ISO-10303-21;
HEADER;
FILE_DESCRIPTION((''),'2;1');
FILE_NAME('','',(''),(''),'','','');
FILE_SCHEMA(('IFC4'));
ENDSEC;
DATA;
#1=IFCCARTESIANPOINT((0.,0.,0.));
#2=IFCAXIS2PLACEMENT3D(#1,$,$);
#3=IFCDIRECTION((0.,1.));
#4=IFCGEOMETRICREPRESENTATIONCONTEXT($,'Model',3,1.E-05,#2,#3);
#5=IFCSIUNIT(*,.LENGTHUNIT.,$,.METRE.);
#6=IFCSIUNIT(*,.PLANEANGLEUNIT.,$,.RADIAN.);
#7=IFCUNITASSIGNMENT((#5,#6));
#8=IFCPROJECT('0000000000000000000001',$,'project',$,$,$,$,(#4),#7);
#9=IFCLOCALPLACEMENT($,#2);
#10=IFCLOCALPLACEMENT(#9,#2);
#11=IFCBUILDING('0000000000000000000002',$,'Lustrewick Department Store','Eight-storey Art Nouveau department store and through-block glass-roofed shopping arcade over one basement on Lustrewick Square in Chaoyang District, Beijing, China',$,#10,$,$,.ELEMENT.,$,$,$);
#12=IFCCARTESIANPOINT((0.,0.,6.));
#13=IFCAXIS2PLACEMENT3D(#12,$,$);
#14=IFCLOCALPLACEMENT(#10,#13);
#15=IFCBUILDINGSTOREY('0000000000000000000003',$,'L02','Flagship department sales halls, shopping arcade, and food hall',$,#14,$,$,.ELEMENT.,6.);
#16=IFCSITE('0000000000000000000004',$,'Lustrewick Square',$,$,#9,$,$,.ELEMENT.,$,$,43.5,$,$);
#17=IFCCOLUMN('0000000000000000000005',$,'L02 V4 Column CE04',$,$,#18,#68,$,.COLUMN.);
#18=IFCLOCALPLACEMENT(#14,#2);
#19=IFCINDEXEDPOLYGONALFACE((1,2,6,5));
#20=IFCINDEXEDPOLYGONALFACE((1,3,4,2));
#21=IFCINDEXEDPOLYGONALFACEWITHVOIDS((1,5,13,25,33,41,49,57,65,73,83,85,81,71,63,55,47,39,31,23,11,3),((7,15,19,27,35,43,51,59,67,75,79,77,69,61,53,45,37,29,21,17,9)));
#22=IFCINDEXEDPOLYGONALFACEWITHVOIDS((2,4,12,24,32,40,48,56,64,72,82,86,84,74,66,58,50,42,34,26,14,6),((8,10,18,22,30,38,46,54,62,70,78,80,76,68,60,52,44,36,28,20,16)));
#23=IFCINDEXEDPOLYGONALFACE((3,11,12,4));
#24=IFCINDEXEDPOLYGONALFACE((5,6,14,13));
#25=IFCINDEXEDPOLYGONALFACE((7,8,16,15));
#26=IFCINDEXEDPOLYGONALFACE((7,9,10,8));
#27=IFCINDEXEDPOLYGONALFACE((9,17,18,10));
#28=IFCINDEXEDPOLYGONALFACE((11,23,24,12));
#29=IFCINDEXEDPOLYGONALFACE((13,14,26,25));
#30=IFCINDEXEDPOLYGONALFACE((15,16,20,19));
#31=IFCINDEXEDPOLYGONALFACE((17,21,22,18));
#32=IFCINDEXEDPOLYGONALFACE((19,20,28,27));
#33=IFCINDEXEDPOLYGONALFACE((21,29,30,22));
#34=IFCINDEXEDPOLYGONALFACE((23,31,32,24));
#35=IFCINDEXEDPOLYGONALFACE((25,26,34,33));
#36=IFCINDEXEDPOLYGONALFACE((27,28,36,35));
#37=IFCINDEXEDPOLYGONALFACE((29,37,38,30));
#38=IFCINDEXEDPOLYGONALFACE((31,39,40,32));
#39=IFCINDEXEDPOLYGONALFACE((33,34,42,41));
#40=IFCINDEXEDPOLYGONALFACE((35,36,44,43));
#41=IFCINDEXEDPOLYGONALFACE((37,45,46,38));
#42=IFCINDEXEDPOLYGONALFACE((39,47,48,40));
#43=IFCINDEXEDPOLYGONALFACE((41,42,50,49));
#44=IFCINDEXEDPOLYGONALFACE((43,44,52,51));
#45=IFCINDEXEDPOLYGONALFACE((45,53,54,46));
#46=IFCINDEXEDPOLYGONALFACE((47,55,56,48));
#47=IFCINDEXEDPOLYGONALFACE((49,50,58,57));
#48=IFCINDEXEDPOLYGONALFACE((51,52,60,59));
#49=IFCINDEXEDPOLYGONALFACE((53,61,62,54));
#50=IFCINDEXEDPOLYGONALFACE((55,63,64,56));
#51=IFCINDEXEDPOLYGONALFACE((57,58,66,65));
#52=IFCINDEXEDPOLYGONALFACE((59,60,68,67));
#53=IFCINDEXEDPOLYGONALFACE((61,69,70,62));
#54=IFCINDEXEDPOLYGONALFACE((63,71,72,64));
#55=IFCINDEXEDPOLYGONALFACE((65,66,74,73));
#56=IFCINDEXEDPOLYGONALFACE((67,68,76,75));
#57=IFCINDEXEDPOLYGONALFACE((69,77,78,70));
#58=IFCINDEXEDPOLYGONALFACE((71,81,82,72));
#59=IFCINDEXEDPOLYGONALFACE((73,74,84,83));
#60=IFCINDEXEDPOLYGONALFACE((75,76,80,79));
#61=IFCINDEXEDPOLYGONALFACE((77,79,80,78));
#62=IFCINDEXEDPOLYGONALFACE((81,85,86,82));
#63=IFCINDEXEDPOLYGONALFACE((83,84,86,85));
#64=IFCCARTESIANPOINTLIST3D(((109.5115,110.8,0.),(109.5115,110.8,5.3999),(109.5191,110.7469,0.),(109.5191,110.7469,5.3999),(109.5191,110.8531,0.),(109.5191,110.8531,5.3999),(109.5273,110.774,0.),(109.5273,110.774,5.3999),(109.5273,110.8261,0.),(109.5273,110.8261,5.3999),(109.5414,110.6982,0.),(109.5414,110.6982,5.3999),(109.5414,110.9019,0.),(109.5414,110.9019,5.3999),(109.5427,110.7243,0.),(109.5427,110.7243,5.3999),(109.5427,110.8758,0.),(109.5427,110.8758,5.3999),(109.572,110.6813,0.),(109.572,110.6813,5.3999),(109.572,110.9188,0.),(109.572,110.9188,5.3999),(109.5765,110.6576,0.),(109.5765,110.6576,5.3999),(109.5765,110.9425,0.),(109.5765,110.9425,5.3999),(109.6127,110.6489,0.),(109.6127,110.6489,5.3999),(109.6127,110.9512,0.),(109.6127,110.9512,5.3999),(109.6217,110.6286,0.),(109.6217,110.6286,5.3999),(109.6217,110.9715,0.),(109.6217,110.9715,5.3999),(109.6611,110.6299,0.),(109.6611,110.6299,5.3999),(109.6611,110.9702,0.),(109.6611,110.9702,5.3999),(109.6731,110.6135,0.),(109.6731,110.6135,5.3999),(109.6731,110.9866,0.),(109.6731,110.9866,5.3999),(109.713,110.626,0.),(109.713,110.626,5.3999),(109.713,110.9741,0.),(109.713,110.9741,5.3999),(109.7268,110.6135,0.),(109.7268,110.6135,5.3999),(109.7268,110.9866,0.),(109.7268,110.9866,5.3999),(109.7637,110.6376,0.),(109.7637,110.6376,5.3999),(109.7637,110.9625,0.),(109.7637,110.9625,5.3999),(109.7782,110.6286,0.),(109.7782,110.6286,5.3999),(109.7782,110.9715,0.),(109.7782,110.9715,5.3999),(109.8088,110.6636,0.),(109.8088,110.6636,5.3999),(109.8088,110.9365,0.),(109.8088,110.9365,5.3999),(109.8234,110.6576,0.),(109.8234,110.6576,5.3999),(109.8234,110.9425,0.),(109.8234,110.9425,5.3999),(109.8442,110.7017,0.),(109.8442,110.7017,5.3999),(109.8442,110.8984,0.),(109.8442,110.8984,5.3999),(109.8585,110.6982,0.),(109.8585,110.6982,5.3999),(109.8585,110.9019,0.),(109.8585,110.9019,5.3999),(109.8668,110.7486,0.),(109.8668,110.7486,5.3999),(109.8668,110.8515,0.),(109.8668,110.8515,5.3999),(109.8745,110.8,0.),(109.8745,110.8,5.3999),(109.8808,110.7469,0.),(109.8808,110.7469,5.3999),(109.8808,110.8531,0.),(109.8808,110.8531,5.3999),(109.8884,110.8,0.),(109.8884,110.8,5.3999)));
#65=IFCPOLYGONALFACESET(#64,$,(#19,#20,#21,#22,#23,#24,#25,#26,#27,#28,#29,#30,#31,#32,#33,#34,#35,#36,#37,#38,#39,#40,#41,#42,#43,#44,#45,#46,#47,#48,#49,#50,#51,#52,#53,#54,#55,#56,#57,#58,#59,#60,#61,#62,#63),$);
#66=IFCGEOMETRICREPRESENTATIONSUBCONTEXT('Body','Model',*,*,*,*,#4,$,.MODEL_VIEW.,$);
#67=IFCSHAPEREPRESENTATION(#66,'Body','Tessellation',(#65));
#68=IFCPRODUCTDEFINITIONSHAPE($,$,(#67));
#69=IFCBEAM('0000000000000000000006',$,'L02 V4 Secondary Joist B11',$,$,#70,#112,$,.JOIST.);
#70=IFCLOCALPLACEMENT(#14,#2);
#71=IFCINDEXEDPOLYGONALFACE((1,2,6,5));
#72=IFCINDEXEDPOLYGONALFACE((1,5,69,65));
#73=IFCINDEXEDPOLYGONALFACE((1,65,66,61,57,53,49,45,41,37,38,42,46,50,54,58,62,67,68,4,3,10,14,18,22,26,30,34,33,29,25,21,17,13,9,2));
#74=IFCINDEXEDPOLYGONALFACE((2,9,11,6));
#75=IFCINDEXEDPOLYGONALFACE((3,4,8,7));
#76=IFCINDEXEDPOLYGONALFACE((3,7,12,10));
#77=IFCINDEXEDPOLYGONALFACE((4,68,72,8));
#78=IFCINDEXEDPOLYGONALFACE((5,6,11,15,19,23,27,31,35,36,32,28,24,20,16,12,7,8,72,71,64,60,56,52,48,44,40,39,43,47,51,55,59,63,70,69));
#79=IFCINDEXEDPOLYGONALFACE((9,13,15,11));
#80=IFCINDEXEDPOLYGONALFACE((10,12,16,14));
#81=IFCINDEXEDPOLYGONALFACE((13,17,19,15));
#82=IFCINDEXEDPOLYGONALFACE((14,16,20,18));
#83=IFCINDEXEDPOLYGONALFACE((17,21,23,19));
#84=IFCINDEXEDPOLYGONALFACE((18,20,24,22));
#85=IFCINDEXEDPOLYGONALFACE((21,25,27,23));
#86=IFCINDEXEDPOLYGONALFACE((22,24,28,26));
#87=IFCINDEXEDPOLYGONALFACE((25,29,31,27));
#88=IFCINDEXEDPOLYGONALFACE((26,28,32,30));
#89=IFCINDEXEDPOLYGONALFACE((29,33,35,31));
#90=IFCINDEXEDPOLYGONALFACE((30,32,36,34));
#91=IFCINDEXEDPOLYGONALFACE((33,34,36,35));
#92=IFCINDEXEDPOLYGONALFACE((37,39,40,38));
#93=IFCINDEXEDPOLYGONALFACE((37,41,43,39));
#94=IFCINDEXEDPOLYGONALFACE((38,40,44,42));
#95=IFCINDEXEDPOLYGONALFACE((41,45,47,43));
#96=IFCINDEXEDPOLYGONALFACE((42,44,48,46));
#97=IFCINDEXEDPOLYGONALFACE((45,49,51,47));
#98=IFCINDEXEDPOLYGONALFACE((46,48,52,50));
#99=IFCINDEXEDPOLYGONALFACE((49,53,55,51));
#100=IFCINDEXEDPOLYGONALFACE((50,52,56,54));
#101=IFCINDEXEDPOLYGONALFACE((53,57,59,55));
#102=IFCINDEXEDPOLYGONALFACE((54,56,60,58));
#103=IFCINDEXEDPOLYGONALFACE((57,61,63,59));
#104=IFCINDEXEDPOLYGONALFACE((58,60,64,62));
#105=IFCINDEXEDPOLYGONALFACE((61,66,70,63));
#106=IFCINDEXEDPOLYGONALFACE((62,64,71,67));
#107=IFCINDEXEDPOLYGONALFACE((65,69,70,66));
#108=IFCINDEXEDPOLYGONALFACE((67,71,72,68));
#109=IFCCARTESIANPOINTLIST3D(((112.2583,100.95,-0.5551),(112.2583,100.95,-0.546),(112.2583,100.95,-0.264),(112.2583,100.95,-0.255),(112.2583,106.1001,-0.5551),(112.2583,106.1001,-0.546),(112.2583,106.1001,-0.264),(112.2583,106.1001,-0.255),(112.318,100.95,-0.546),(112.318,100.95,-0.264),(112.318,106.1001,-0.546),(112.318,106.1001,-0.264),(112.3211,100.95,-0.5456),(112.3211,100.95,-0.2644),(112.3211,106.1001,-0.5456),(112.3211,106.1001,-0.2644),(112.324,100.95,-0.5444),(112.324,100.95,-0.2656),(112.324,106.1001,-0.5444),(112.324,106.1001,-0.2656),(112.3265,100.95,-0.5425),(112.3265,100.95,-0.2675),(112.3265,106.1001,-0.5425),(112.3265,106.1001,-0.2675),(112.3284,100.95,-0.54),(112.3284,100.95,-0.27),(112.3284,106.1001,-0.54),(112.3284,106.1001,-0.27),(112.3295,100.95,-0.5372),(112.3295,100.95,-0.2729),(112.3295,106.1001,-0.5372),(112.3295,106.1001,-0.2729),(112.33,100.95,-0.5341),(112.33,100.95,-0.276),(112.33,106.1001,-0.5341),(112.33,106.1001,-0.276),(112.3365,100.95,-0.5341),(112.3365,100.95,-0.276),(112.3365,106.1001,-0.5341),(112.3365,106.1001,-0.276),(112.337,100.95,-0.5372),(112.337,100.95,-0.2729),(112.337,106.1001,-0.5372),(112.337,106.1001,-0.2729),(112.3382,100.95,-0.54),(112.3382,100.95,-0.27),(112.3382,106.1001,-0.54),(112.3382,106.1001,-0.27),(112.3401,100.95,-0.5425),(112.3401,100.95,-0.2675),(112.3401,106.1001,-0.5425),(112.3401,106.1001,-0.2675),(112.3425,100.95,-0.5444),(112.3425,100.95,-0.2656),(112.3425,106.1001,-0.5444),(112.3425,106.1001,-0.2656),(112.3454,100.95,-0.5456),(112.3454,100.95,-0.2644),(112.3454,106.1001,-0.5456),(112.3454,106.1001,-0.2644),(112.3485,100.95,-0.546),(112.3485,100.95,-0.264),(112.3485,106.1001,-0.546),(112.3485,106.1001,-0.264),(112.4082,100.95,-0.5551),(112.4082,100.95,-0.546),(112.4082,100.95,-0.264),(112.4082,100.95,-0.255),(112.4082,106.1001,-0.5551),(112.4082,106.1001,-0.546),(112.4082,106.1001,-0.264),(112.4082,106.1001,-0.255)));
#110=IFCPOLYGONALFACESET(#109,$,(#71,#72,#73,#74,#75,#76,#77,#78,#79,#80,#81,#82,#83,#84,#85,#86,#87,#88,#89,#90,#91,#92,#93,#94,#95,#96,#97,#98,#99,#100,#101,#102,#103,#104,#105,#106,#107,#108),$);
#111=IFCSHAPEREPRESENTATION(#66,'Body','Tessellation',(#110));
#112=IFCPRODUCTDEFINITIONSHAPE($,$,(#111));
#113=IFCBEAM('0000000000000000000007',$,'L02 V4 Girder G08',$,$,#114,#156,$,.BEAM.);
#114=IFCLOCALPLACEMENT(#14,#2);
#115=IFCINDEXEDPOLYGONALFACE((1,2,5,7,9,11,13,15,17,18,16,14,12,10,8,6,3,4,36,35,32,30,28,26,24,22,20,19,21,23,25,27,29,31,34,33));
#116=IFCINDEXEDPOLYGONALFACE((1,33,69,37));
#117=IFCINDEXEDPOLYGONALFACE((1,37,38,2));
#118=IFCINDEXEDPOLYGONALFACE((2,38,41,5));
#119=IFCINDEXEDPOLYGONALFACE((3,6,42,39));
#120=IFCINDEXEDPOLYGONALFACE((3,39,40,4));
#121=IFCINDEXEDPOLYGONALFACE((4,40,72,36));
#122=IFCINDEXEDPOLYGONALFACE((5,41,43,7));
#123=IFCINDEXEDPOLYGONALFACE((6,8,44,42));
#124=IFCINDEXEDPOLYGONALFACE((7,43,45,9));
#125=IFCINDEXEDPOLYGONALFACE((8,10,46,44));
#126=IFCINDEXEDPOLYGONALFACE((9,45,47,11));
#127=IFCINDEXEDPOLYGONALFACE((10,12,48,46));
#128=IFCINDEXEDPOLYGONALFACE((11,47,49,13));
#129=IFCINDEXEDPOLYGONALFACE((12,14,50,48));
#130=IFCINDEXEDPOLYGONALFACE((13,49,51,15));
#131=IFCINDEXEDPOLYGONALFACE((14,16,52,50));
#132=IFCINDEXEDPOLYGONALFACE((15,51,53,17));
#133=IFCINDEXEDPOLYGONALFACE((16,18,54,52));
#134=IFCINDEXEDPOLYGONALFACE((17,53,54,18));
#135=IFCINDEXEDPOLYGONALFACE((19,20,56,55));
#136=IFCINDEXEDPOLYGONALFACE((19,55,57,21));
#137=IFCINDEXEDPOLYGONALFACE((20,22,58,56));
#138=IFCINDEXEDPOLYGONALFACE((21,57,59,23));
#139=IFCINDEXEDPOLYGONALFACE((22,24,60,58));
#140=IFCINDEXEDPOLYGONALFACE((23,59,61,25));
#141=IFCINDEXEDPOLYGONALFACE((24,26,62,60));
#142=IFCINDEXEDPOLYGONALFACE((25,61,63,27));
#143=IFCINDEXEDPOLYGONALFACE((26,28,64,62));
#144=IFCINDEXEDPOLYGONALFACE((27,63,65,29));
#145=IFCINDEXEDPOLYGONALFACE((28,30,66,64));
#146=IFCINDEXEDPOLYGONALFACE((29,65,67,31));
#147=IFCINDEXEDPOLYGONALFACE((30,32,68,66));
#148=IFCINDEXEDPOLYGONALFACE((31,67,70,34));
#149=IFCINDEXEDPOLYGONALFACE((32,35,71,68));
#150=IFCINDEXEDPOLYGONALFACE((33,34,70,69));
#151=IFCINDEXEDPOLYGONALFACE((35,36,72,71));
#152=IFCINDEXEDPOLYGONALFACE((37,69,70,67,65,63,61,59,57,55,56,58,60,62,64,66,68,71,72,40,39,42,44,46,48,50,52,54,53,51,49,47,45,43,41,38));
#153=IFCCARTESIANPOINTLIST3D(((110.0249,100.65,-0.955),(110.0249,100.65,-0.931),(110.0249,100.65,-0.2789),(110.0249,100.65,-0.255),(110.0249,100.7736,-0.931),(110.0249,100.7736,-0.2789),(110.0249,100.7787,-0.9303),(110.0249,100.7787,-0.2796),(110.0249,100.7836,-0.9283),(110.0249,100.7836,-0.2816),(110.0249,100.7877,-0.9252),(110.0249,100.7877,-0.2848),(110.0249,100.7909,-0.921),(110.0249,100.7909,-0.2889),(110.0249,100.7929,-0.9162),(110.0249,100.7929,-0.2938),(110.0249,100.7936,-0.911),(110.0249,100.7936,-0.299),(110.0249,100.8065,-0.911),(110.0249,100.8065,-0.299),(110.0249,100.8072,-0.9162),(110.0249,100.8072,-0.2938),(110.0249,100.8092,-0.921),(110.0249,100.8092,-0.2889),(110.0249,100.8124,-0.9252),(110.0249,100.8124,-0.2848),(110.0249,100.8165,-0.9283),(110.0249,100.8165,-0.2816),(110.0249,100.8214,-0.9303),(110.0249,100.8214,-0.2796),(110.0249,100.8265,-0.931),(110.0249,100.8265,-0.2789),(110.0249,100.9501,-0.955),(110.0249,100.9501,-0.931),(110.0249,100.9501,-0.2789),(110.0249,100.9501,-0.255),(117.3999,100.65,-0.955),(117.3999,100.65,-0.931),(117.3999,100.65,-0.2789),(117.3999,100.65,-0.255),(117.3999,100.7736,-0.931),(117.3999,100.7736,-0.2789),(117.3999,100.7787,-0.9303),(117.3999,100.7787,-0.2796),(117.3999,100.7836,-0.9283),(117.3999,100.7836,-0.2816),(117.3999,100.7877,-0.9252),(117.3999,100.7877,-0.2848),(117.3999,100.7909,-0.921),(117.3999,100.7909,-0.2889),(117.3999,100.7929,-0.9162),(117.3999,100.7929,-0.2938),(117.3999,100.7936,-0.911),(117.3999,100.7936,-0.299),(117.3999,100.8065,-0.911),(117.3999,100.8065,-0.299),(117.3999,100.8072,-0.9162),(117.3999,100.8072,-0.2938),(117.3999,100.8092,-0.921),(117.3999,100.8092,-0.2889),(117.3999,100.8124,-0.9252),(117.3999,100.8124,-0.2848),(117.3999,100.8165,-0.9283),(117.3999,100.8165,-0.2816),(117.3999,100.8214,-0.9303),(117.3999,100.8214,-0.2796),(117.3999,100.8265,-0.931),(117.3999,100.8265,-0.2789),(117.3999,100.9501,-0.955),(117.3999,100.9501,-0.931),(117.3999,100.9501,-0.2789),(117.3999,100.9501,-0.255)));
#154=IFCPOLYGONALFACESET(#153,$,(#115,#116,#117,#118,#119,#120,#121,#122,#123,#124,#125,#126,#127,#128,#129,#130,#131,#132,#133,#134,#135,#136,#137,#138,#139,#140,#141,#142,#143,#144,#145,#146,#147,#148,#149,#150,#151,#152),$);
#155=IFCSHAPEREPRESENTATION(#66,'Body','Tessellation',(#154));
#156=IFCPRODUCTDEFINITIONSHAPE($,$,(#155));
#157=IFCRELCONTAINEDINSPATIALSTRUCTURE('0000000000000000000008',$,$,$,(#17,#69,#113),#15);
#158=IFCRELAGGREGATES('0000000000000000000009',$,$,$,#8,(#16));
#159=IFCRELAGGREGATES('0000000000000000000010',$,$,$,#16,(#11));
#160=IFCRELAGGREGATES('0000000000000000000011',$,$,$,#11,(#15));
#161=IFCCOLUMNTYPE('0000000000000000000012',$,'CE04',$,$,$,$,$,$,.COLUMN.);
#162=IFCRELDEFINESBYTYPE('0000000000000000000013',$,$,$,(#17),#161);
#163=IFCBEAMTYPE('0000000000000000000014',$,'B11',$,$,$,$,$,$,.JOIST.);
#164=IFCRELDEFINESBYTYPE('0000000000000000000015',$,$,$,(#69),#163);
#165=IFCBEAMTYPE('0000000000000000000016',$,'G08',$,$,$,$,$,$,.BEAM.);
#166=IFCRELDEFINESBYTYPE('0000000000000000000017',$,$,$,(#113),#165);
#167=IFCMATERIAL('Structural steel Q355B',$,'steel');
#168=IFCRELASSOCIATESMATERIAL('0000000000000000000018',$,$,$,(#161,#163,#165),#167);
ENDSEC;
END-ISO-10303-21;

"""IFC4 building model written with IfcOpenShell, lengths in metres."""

from ifc_helpers import new_model, si_unit, direction, frame, origin, origin_2d, place, context, subcontext, project, spatial, hollow_circle, i_section, extrude, material, material_profile, profile_set, type_object, element, save


model = new_model("IFC4")

# Units and contexts
model_context = context("Model", 3, precision=1e-05, world=origin(), true_north=direction((0.0, 1.0)))
body_context = subcontext(model_context, "Body", "Model", "MODEL_VIEW")
ifc_project = project(units=[si_unit("LENGTHUNIT", "METRE"), si_unit("PLANEANGLEUNIT", "RADIAN")], contexts=[model_context])

# Site, building, storey
site_placement = place(None, origin())
site = spatial("IfcSite", under=ifc_project, at=site_placement, Name="Lustrewick Square", CompositionType="ELEMENT", RefElevation=43.5)
building_placement = place(site_placement, origin())
building = spatial("IfcBuilding", under=site, at=building_placement, Name="Lustrewick Department Store", Description="Eight-storey Art Nouveau department store and through-block glass-roofed shopping arcade over one basement on Lustrewick Square in Chaoyang District, Beijing, China", CompositionType="ELEMENT")
storey_placement = place(building_placement, frame((0.0, 0.0, 6.0)))
storey = spatial("IfcBuildingStorey", under=building, at=storey_placement, Name="L02", Description="Flagship department sales halls, shopping arcade, and food hall", CompositionType="ELEMENT", Elevation=6.0)

# Column
ifc_material_1 = material(Name="Structural steel Q355B", Category="steel")
ifc_material_profile_1 = material_profile(ifc_material_1, hollow_circle(Radius=0.1885, WallThickness=0.0139, at=origin_2d()), Name="CHS 377x14")
ifc_profile_set_1 = profile_set([ifc_material_profile_1], Name="Structural steel Q355B")
column_type_1 = type_object("IfcColumnType", Name="CE04", PredefinedType="COLUMN", material=ifc_profile_set_1)
for number, where, z_axis, x_axis, name in (
    (1, (109.7, 110.8, 0.0), (0.0, 0.0, 1.0), (1.0, 0.0, 0.0), "L02 V4 Column CE04"),
):
    element("IfcColumn", number, at=place(storey_placement, frame(where, z_axis=z_axis, x_axis=x_axis)), inside=storey, type_object=column_type_1, Name=name, PredefinedType="COLUMN", context=body_context, shape_type="SweptSolid", body=[
        extrude(hollow_circle(Radius=0.1885, WallThickness=0.0139, at=origin_2d()), origin(), (0.0, 0.0, 1.0), 5.3999),
    ])

# Beams
ifc_material_profile_2 = material_profile(ifc_material_1, i_section(OverallWidth=0.1499, OverallDepth=0.3, WebThickness=0.0066, FlangeThickness=0.009, FilletRadius=0.012, at=origin_2d()), Name="HN 300x150x6.5x9")
ifc_profile_set_2 = profile_set([ifc_material_profile_2], Name="Structural steel Q355B")
beam_type_1 = type_object("IfcBeamType", Name="B11", PredefinedType="JOIST", material=ifc_profile_set_2)
beam_1_placement = place(storey_placement, frame((112.3333, 100.95, -0.405), z_axis=(0.0, 1.0, 0.0), x_axis=(-1.0, 0.0, 0.0)))
element("IfcBeam", 2, at=beam_1_placement, inside=storey, type_object=beam_type_1, Name="L02 V4 Secondary Joist B11", PredefinedType="JOIST", context=body_context, shape_type="SweptSolid", body=[
    extrude(i_section(OverallWidth=0.1499, OverallDepth=0.3, WebThickness=0.0066, FlangeThickness=0.009, FilletRadius=0.012, at=origin_2d()), origin(), (0.0, 0.0, 1.0), 5.1501),
])
ifc_material_profile_3 = material_profile(ifc_material_1, i_section(OverallWidth=0.3, OverallDepth=0.7, WebThickness=0.0129, FlangeThickness=0.0239, FilletRadius=0.02, at=origin_2d()), Name="HN 700x300x13x24")
ifc_profile_set_3 = profile_set([ifc_material_profile_3], Name="Structural steel Q355B")
beam_type_2 = type_object("IfcBeamType", Name="G08", PredefinedType="BEAM", material=ifc_profile_set_3)
beam_2_placement = place(storey_placement, frame((110.0249, 100.8, -0.605), z_axis=(1.0, 0.0, 0.0), x_axis=(0.0, 1.0, 0.0)))
element("IfcBeam", 3, at=beam_2_placement, inside=storey, type_object=beam_type_2, Name="L02 V4 Girder G08", PredefinedType="BEAM", context=body_context, shape_type="SweptSolid", body=[
    extrude(i_section(OverallWidth=0.3, OverallDepth=0.7, WebThickness=0.0129, FlangeThickness=0.0239, FilletRadius=0.02, at=origin_2d()), origin(), (0.0, 0.0, 1.0), 7.375),
])

save(model, "model.ifc")
